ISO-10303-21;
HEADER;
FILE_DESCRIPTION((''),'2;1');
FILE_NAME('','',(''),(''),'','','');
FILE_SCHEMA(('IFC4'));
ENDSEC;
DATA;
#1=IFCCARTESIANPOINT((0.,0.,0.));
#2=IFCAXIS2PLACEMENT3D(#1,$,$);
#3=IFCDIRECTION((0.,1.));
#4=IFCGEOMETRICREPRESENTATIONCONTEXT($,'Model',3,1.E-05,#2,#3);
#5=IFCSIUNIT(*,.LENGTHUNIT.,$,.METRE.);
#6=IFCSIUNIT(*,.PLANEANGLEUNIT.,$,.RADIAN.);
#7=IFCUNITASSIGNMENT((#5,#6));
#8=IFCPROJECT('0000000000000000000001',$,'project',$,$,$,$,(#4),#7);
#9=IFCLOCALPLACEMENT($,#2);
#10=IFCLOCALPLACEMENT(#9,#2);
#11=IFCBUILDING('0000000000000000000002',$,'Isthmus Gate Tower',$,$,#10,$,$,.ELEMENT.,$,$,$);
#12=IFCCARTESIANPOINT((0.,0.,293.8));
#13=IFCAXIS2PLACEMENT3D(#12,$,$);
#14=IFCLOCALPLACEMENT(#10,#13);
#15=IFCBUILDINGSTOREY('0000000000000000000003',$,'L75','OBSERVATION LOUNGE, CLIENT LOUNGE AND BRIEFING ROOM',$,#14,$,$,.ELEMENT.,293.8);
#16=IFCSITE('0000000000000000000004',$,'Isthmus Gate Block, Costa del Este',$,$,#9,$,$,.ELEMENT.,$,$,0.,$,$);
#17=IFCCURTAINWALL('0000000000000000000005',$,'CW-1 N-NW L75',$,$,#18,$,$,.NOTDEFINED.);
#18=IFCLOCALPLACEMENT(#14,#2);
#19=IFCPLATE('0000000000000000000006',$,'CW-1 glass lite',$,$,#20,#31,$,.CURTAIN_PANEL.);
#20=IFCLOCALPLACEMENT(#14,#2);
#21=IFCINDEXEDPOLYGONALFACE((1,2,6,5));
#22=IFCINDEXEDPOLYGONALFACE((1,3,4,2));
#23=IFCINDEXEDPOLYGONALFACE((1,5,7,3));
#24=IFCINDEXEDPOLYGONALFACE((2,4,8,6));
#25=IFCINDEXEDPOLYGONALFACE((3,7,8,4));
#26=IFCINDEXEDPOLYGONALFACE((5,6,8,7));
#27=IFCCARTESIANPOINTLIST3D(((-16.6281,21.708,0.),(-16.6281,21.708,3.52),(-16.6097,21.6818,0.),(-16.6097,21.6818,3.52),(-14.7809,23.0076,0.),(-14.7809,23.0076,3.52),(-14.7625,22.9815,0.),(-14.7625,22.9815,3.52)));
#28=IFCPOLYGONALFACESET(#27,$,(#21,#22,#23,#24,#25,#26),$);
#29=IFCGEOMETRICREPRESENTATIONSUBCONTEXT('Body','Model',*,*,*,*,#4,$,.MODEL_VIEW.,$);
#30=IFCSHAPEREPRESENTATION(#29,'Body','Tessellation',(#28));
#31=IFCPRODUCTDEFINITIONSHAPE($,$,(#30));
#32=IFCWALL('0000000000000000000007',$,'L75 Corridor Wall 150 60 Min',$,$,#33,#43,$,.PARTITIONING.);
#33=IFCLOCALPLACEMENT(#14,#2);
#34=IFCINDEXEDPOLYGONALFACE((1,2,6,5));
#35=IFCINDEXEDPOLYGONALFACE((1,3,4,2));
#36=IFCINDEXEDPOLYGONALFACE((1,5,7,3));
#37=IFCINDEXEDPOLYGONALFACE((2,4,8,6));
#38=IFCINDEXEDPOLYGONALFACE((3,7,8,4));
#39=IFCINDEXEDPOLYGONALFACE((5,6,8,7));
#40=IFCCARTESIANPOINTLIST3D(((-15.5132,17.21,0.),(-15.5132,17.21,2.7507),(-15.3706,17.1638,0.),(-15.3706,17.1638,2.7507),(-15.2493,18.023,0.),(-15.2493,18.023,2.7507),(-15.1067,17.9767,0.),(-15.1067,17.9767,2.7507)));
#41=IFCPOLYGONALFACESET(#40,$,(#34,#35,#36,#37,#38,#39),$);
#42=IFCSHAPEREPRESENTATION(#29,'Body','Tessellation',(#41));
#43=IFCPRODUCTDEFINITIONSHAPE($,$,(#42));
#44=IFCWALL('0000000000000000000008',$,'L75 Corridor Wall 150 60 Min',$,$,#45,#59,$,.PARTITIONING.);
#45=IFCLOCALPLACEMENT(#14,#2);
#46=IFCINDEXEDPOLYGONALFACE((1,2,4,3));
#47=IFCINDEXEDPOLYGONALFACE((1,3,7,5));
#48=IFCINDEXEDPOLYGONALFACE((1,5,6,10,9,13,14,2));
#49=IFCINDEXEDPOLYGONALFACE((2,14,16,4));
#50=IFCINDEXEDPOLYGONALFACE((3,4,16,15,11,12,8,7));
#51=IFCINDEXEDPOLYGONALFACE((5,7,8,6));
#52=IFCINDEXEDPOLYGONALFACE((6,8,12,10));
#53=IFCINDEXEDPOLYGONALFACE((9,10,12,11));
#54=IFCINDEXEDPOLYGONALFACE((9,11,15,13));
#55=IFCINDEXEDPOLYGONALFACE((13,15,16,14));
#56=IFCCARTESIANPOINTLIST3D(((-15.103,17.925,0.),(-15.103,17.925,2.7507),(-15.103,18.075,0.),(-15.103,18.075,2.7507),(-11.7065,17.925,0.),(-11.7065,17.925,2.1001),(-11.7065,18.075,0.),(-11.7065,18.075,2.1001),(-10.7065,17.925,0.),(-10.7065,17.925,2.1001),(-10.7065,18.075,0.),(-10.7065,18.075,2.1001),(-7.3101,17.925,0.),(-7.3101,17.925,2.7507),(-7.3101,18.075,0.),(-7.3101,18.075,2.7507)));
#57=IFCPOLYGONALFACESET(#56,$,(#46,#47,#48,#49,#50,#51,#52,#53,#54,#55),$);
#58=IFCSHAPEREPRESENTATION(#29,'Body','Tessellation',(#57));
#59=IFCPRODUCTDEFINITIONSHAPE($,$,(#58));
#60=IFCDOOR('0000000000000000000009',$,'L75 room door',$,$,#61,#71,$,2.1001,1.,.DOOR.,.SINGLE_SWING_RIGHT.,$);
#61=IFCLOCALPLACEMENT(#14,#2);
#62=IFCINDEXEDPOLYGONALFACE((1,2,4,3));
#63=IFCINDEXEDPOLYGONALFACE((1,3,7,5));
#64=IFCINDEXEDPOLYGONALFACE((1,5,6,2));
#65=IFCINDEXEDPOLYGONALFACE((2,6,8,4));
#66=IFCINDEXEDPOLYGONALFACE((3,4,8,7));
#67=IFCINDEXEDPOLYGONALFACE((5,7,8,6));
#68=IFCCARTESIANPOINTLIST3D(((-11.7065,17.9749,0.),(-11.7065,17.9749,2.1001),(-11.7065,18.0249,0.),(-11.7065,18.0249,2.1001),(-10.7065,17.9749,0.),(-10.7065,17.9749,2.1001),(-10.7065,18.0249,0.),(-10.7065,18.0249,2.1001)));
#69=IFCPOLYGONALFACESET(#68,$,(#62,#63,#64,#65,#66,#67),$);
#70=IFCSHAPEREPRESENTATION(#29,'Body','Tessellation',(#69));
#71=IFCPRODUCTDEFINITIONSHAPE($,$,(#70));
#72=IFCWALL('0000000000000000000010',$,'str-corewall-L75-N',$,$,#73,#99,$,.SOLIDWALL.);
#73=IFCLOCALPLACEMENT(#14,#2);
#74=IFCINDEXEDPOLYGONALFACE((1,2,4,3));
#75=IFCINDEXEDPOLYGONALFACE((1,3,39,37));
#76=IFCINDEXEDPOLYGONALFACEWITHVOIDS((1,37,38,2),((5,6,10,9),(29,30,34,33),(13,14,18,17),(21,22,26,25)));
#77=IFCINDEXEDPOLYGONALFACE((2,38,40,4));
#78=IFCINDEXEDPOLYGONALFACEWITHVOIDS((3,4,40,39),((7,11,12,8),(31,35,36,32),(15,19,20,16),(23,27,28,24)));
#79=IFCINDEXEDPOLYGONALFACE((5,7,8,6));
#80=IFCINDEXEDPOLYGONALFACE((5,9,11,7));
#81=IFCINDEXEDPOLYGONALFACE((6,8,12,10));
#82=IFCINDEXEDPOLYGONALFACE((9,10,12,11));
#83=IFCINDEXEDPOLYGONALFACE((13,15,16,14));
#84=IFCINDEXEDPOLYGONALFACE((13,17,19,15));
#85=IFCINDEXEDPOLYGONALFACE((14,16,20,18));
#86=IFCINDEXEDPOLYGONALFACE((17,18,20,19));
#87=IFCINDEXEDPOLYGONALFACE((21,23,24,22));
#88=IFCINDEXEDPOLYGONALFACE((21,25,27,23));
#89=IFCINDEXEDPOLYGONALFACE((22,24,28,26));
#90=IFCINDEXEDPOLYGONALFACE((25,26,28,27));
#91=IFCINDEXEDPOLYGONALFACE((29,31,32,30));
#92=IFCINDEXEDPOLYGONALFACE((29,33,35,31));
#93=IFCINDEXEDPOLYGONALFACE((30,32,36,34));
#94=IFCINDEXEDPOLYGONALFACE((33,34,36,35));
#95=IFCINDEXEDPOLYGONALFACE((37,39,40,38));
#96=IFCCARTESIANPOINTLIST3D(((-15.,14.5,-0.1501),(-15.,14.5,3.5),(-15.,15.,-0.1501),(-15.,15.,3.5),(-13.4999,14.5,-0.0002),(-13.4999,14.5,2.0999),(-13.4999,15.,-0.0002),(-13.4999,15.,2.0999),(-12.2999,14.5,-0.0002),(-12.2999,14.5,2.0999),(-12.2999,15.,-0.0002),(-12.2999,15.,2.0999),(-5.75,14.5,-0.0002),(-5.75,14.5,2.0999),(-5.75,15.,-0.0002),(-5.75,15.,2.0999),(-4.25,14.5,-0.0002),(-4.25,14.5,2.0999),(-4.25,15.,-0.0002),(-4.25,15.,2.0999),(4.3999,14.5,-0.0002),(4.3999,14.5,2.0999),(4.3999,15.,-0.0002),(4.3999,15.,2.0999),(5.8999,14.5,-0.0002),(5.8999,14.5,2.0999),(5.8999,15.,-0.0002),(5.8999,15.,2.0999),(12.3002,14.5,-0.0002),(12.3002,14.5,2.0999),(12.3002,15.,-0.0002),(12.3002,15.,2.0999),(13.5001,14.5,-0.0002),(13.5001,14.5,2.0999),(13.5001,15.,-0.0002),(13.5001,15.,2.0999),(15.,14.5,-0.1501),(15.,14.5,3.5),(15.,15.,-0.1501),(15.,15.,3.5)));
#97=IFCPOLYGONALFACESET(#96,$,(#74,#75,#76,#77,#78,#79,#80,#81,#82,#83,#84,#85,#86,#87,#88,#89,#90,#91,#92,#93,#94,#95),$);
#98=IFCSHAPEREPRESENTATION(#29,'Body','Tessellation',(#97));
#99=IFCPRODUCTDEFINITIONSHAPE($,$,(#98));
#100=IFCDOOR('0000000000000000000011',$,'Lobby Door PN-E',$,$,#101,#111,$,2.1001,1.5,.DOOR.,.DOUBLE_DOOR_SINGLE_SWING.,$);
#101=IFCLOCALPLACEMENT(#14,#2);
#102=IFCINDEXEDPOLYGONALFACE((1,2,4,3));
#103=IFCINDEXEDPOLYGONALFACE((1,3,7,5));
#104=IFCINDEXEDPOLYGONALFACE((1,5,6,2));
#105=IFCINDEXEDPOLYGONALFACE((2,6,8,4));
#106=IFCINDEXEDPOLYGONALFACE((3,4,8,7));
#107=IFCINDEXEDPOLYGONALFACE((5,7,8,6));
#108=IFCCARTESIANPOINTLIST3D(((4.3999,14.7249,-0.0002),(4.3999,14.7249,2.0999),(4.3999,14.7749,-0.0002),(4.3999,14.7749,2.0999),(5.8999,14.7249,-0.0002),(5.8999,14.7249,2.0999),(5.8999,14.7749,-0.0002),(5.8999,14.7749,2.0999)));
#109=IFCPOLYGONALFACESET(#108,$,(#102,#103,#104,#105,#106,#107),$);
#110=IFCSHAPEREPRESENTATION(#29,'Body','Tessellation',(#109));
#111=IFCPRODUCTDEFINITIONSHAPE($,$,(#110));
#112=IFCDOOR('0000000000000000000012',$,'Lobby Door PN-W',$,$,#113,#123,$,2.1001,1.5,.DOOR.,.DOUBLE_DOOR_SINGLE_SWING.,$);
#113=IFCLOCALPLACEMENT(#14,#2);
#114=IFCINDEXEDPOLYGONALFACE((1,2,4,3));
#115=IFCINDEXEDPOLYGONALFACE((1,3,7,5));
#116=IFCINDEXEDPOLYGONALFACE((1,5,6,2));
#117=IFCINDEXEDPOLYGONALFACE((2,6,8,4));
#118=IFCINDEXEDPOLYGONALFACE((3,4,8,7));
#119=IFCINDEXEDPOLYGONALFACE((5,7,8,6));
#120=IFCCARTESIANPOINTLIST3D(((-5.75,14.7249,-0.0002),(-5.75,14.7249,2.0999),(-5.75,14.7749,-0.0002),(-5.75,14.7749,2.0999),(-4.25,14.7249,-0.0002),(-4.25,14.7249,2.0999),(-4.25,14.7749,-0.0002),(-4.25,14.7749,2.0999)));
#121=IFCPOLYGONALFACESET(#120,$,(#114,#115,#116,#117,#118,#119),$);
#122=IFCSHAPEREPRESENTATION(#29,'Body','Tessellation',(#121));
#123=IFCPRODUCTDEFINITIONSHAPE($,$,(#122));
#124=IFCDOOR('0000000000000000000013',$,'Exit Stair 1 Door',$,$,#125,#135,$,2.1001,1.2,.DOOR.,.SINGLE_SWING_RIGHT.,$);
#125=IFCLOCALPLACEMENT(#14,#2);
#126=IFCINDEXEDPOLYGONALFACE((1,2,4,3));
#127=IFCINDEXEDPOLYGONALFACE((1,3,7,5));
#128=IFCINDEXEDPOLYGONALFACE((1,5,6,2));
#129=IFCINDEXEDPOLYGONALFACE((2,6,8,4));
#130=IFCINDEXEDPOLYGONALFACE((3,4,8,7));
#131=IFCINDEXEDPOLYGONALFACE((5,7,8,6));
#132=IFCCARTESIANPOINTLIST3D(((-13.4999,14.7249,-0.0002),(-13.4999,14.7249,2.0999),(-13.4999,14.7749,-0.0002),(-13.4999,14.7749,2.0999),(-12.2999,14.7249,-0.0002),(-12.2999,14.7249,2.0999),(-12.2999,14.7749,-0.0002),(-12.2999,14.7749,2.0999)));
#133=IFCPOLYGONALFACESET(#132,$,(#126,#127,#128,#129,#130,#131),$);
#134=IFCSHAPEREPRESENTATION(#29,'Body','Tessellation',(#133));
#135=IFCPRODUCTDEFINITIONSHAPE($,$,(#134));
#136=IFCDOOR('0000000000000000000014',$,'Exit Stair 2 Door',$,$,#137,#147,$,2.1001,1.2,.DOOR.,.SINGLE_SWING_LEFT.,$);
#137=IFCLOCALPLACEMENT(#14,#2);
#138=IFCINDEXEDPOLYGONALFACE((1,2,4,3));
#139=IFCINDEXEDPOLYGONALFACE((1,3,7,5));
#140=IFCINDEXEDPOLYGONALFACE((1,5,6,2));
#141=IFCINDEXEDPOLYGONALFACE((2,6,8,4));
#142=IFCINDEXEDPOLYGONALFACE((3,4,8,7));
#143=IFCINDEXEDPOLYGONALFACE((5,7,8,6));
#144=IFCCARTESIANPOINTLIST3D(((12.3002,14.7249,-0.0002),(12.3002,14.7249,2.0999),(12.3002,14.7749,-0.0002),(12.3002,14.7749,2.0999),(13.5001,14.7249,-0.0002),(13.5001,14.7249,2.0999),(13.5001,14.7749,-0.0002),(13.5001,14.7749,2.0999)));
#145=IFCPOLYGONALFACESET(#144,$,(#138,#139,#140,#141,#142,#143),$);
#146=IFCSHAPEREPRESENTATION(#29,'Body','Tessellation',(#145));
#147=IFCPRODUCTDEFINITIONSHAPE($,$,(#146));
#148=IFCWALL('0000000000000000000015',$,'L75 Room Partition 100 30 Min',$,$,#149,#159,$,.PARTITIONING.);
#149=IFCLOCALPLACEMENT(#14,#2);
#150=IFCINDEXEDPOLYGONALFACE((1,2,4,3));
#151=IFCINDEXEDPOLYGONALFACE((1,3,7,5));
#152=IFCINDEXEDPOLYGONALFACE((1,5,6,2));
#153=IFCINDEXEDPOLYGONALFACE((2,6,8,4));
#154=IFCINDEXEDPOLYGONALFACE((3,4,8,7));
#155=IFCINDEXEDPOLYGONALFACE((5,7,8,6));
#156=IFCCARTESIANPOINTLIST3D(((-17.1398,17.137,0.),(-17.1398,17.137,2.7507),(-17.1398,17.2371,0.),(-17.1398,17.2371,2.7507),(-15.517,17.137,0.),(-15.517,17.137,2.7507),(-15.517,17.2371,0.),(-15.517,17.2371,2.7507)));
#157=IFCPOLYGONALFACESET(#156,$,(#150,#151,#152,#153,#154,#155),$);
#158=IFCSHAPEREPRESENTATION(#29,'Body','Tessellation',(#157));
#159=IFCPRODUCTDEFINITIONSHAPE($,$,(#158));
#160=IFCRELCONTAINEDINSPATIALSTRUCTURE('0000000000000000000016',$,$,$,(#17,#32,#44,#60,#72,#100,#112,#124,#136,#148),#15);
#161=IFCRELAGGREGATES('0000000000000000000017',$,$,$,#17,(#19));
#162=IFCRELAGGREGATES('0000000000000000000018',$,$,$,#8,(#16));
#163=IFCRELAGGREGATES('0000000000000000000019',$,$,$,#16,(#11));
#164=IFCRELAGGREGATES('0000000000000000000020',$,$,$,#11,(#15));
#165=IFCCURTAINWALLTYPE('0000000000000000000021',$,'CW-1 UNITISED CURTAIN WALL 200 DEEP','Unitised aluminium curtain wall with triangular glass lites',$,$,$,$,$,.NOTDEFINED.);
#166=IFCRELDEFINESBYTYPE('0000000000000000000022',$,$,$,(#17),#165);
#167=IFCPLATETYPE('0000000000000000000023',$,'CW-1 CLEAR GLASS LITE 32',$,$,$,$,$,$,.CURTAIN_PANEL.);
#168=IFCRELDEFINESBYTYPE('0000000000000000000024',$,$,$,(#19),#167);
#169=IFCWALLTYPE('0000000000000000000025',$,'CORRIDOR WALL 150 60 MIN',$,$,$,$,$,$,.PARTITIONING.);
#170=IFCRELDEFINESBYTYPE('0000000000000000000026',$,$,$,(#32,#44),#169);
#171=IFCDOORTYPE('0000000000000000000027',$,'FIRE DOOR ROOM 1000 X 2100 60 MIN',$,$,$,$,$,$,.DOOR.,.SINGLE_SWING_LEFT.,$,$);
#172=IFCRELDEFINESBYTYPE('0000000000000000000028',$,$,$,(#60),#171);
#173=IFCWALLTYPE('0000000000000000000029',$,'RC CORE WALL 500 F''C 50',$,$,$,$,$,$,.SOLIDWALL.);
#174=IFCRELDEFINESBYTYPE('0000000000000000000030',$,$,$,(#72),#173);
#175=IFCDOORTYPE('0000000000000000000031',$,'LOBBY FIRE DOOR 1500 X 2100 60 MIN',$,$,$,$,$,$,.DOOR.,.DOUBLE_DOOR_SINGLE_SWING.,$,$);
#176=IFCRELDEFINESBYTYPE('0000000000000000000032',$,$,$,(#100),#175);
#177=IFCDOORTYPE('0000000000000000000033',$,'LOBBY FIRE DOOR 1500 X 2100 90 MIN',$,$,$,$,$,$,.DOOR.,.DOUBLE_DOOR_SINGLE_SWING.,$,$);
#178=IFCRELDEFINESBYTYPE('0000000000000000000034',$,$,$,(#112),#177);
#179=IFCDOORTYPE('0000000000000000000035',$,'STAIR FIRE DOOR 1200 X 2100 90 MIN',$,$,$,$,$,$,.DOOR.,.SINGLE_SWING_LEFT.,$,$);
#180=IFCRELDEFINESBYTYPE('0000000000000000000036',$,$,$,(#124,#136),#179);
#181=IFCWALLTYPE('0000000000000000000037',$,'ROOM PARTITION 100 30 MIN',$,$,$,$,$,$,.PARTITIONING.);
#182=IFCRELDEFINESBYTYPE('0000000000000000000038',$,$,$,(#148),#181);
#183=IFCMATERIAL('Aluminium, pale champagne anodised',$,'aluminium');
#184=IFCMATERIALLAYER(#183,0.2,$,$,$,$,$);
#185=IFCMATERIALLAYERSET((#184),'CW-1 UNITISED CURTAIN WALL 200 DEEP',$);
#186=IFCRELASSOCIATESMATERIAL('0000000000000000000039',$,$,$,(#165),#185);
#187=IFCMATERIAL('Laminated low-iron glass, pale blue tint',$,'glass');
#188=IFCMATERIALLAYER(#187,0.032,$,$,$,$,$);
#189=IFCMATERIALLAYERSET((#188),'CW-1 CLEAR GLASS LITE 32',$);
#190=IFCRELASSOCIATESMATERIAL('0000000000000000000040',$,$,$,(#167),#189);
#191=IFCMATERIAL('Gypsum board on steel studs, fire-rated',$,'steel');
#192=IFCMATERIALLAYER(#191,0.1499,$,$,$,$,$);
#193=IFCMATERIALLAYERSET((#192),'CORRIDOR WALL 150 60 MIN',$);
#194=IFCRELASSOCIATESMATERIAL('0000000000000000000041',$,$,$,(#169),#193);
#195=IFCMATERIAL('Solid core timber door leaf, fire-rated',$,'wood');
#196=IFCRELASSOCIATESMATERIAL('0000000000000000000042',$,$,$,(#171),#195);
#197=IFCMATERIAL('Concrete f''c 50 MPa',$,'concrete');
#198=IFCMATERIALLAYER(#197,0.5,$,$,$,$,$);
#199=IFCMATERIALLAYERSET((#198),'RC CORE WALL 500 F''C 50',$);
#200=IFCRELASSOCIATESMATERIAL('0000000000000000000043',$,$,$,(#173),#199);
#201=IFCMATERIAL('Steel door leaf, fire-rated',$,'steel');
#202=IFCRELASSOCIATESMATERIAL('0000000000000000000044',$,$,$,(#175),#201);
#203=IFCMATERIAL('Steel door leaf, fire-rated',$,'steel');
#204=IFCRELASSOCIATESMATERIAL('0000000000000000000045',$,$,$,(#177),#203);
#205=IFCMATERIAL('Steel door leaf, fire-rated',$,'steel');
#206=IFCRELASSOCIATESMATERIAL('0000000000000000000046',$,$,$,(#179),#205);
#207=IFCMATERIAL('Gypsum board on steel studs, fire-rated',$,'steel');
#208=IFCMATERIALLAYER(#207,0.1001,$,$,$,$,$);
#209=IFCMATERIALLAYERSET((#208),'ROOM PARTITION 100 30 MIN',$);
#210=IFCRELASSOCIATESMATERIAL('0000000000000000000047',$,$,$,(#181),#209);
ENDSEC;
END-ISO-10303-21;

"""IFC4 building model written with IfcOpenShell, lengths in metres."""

from ifc_helpers import new_model, si_unit, direction, frame, frame_2d, origin, origin_2d, place, context, subcontext, project, spatial, rectangle, extrude, material, layer, layer_set, type_object, element, fill, aggregate, save


model = new_model("IFC4")

# Units and contexts
model_context = context("Model", 3, precision=1e-05, world=origin(), true_north=direction((0.0, 1.0)))
body_context = subcontext(model_context, "Body", "Model", "MODEL_VIEW")
ifc_project = project(units=[si_unit("LENGTHUNIT", "METRE"), si_unit("PLANEANGLEUNIT", "RADIAN")], contexts=[model_context])

# Site, building, storey
site_placement = place(None, origin())
site = spatial("IfcSite", under=ifc_project, at=site_placement, Name="Isthmus Gate Block, Costa del Este", CompositionType="ELEMENT", RefElevation=0.0)
building_placement = place(site_placement, origin())
building = spatial("IfcBuilding", under=site, at=building_placement, Name="Isthmus Gate Tower", CompositionType="ELEMENT")
storey_placement = place(building_placement, frame((0.0, 0.0, 293.8)))
storey = spatial("IfcBuildingStorey", under=building, at=storey_placement, Name="L75", Description="OBSERVATION LOUNGE, CLIENT LOUNGE AND BRIEFING ROOM", CompositionType="ELEMENT", Elevation=293.8)

# Curtain wall
ifc_material_1 = material(Name="Aluminium, pale champagne anodised", Category="aluminium")
ifc_layer_1 = layer(ifc_material_1, 0.2)
ifc_layer_set_1 = layer_set([ifc_layer_1], Name="CW-1 UNITISED CURTAIN WALL 200 DEEP")
curtain_wall_type = type_object("IfcCurtainWallType", Name="CW-1 UNITISED CURTAIN WALL 200 DEEP", Description="Unitised aluminium curtain wall with triangular glass lites", PredefinedType="NOTDEFINED", material=ifc_layer_set_1)
curtain_wall_1_placement = place(storey_placement, origin())
curtain_wall_1 = element("IfcCurtainWall", 1, at=curtain_wall_1_placement, inside=storey, type_object=curtain_wall_type, Name="CW-1 N-NW L75", PredefinedType="NOTDEFINED")

# Plate
ifc_material_2 = material(Name="Laminated low-iron glass, pale blue tint", Category="glass")
ifc_layer_2 = layer(ifc_material_2, 0.032)
ifc_layer_set_2 = layer_set([ifc_layer_2], Name="CW-1 CLEAR GLASS LITE 32")
plate_type = type_object("IfcPlateType", Name="CW-1 CLEAR GLASS LITE 32", PredefinedType="CURTAIN_PANEL", material=ifc_layer_set_2)
plate_placement = place(storey_placement, frame((-15.6953, 22.3447, 0.0), z_axis=(0.0, 0.0, 1.0), x_axis=(-0.81786, -0.575418, 0.0)))
plate = element("IfcPlate", 2, at=plate_placement, type_object=plate_type, Name="CW-1 glass lite", PredefinedType="CURTAIN_PANEL", context=body_context, shape_type="SweptSolid", body=[
    extrude(rectangle(XDim=2.2585, YDim=0.032, at=origin_2d()), origin(), (0.0, 0.0, 1.0), 3.52),
])
aggregate(curtain_wall_1, [plate])

# Wall
ifc_material_3 = material(Name="Gypsum board on steel studs, fire-rated", Category="steel")
ifc_layer_3 = layer(ifc_material_3, 0.1499)
ifc_layer_set_3 = layer_set([ifc_layer_3], Name="CORRIDOR WALL 150 60 MIN")
wall_type_1 = type_object("IfcWallType", Name="CORRIDOR WALL 150 60 MIN", PredefinedType="PARTITIONING", material=ifc_layer_set_3)
wall_1_placement = place(storey_placement, frame((-15.4419, 17.187, 0.0), z_axis=(0.0, 0.0, 1.0), x_axis=(0.308763, 0.951139, 0.0)))
element("IfcWall", 3, at=wall_1_placement, inside=storey, type_object=wall_type_1, Name="L75 Corridor Wall 150 60 Min", PredefinedType="PARTITIONING", context=body_context, shape_type="SweptSolid", body=[
    extrude(rectangle(XDim=0.8547, YDim=0.1499, at=frame_2d((0.4272, 0.0))), origin(), (0.0, 0.0, 1.0), 2.7507),
])

# Wall, opening, door
wall_2_placement = place(storey_placement, frame((-15.103, 18.0, 0.0), z_axis=(0.0, 0.0, 1.0), x_axis=(1.0, 0.0, 0.0)))
wall_2 = element("IfcWall", 4, at=wall_2_placement, inside=storey, type_object=wall_type_1, Name="L75 Corridor Wall 150 60 Min", PredefinedType="PARTITIONING", context=body_context, shape_type="SweptSolid", body=[
    extrude(rectangle(XDim=7.793, YDim=0.1499, at=frame_2d((3.8965, 0.0))), origin(), (0.0, 0.0, 1.0), 2.7507),
])
opening_1_placement = place(wall_2_placement, frame((3.3965, 0.0, 0.0)))
opening_1 = element("IfcOpeningElement", 5, at=opening_1_placement, cuts=wall_2, PredefinedType="OPENING", context=body_context, shape_type="SweptSolid", body=[
    extrude(rectangle(XDim=1.0, YDim=2.1001, at=frame_2d((0.5, 1.05))), frame((0.0, 0.085, 0.0), z_axis=(0.0, -1.0, 0.0), x_axis=(1.0, 0.0, 0.0)), (0.0, 0.0, 1.0), 0.1699),
])
ifc_material_4 = material(Name="Solid core timber door leaf, fire-rated", Category="wood")
door_type_1 = type_object("IfcDoorType", Name="FIRE DOOR ROOM 1000 X 2100 60 MIN", OperationType="SINGLE_SWING_LEFT", PredefinedType="DOOR", material=ifc_material_4)
door_1_placement = place(opening_1_placement, origin())
door_1 = element("IfcDoor", 6, at=door_1_placement, inside=storey, type_object=door_type_1, Name="L75 room door", OperationType="SINGLE_SWING_RIGHT", OverallHeight=2.1001, OverallWidth=1.0, PredefinedType="DOOR", context=body_context, shape_type="SweptSolid", body=[
    extrude(rectangle(XDim=1.0, YDim=2.1001, at=frame_2d((0.5, 1.05))), frame((0.0, 0.0249, 0.0), z_axis=(0.0, -1.0, 0.0), x_axis=(1.0, 0.0, 0.0)), (0.0, 0.0, 1.0), 0.05),
])
fill(opening_1, door_1)

# Wall, openings, doors
ifc_material_5 = material(Name="Concrete f'c 50 MPa", Category="concrete")
ifc_layer_4 = layer(ifc_material_5, 0.5)
ifc_layer_set_4 = layer_set([ifc_layer_4], Name="RC CORE WALL 500 F'C 50")
wall_type_2 = type_object("IfcWallType", Name="RC CORE WALL 500 F'C 50", PredefinedType="SOLIDWALL", material=ifc_layer_set_4)
wall_3_placement = place(storey_placement, frame((-15.0, 14.75, -0.1501), z_axis=(0.0, 0.0, 1.0), x_axis=(1.0, 0.0, 0.0)))
wall_3 = element("IfcWall", 7, at=wall_3_placement, inside=storey, type_object=wall_type_2, Name="str-corewall-L75-N", PredefinedType="SOLIDWALL", context=body_context, shape_type="SweptSolid", body=[
    extrude(rectangle(XDim=30.0, YDim=0.5, at=frame_2d((15.0, 0.0))), origin(), (0.0, 0.0, 1.0), 3.6501),
])
opening_2_placement = place(wall_3_placement, frame((9.25, 0.0, 0.1499)))
opening_2 = element("IfcOpeningElement", 8, at=opening_2_placement, cuts=wall_3, PredefinedType="OPENING", context=body_context, shape_type="SweptSolid", body=[
    extrude(rectangle(XDim=1.5, YDim=2.1001, at=frame_2d((0.75, 1.05))), frame((0.0, 0.26, 0.0), z_axis=(0.0, -1.0, 0.0), x_axis=(1.0, 0.0, 0.0)), (0.0, 0.0, 1.0), 0.52),
])
opening_3_placement = place(wall_3_placement, frame((19.3999, 0.0, 0.1499)))
opening_3 = element("IfcOpeningElement", 9, at=opening_3_placement, cuts=wall_3, PredefinedType="OPENING", context=body_context, shape_type="SweptSolid", body=[
    extrude(rectangle(XDim=1.5, YDim=2.1001, at=frame_2d((0.75, 1.05))), frame((0.0, 0.26, 0.0), z_axis=(0.0, -1.0, 0.0), x_axis=(1.0, 0.0, 0.0)), (0.0, 0.0, 1.0), 0.52),
])
opening_4_placement = place(wall_3_placement, frame((1.5, 0.0, 0.1499)))
opening_4 = element("IfcOpeningElement", 10, at=opening_4_placement, cuts=wall_3, PredefinedType="OPENING", context=body_context, shape_type="SweptSolid", body=[
    extrude(rectangle(XDim=1.2, YDim=2.1001, at=frame_2d((0.6001, 1.05))), frame((0.0, 0.26, 0.0), z_axis=(0.0, -1.0, 0.0), x_axis=(1.0, 0.0, 0.0)), (0.0, 0.0, 1.0), 0.52),
])
opening_5_placement = place(wall_3_placement, frame((27.3, 0.0, 0.1499)))
opening_5 = element("IfcOpeningElement", 11, at=opening_5_placement, cuts=wall_3, PredefinedType="OPENING", context=body_context, shape_type="SweptSolid", body=[
    extrude(rectangle(XDim=1.2, YDim=2.1001, at=frame_2d((0.6001, 1.05))), frame((0.0, 0.26, 0.0), z_axis=(0.0, -1.0, 0.0), x_axis=(1.0, 0.0, 0.0)), (0.0, 0.0, 1.0), 0.52),
])
ifc_material_6 = material(Name="Steel door leaf, fire-rated", Category="steel")
door_type_2 = type_object("IfcDoorType", Name="LOBBY FIRE DOOR 1500 X 2100 60 MIN", OperationType="DOUBLE_DOOR_SINGLE_SWING", PredefinedType="DOOR", material=ifc_material_6)
door_2_placement = place(opening_3_placement, origin())
door_2 = element("IfcDoor", 12, at=door_2_placement, inside=storey, type_object=door_type_2, Name="Lobby Door PN-E", OperationType="DOUBLE_DOOR_SINGLE_SWING", OverallHeight=2.1001, OverallWidth=1.5, PredefinedType="DOOR", context=body_context, shape_type="SweptSolid", body=[
    extrude(rectangle(XDim=1.5, YDim=2.1001, at=frame_2d((0.75, 1.05))), frame((0.0, 0.0249, 0.0), z_axis=(0.0, -1.0, 0.0), x_axis=(1.0, 0.0, 0.0)), (0.0, 0.0, 1.0), 0.05),
])
fill(opening_3, door_2)
ifc_material_7 = material(Name="Steel door leaf, fire-rated", Category="steel")
door_type_3 = type_object("IfcDoorType", Name="LOBBY FIRE DOOR 1500 X 2100 90 MIN", OperationType="DOUBLE_DOOR_SINGLE_SWING", PredefinedType="DOOR", material=ifc_material_7)
door_3_placement = place(opening_2_placement, origin())
door_3 = element("IfcDoor", 13, at=door_3_placement, inside=storey, type_object=door_type_3, Name="Lobby Door PN-W", OperationType="DOUBLE_DOOR_SINGLE_SWING", OverallHeight=2.1001, OverallWidth=1.5, PredefinedType="DOOR", context=body_context, shape_type="SweptSolid", body=[
    extrude(rectangle(XDim=1.5, YDim=2.1001, at=frame_2d((0.75, 1.05))), frame((0.0, 0.0249, 0.0), z_axis=(0.0, -1.0, 0.0), x_axis=(1.0, 0.0, 0.0)), (0.0, 0.0, 1.0), 0.05),
])
fill(opening_2, door_3)
ifc_material_8 = material(Name="Steel door leaf, fire-rated", Category="steel")
door_type_4 = type_object("IfcDoorType", Name="STAIR FIRE DOOR 1200 X 2100 90 MIN", OperationType="SINGLE_SWING_LEFT", PredefinedType="DOOR", material=ifc_material_8)
door_4_placement = place(opening_4_placement, origin())
door_4 = element("IfcDoor", 14, at=door_4_placement, inside=storey, type_object=door_type_4, Name="Exit Stair 1 Door", OperationType="SINGLE_SWING_RIGHT", OverallHeight=2.1001, OverallWidth=1.2, PredefinedType="DOOR", context=body_context, shape_type="SweptSolid", body=[
    extrude(rectangle(XDim=1.2, YDim=2.1001, at=frame_2d((0.6001, 1.05))), frame((0.0, 0.0249, 0.0), z_axis=(0.0, -1.0, 0.0), x_axis=(1.0, 0.0, 0.0)), (0.0, 0.0, 1.0), 0.05),
])
fill(opening_4, door_4)
door_5_placement = place(opening_5_placement, origin())
door_5 = element("IfcDoor", 15, at=door_5_placement, inside=storey, type_object=door_type_4, Name="Exit Stair 2 Door", OperationType="SINGLE_SWING_LEFT", OverallHeight=2.1001, OverallWidth=1.2, PredefinedType="DOOR", context=body_context, shape_type="SweptSolid", body=[
    extrude(rectangle(XDim=1.2, YDim=2.1001, at=frame_2d((0.6001, 1.05))), frame((0.0, 0.0249, 0.0), z_axis=(0.0, -1.0, 0.0), x_axis=(1.0, 0.0, 0.0)), (0.0, 0.0, 1.0), 0.05),
])
fill(opening_5, door_5)

# Wall
ifc_material_9 = material(Name="Gypsum board on steel studs, fire-rated", Category="steel")
ifc_layer_5 = layer(ifc_material_9, 0.1001)
ifc_layer_set_5 = layer_set([ifc_layer_5], Name="ROOM PARTITION 100 30 MIN")
wall_type_3 = type_object("IfcWallType", Name="ROOM PARTITION 100 30 MIN", PredefinedType="PARTITIONING", material=ifc_layer_set_5)
wall_4_placement = place(storey_placement, frame((-17.1399, 17.187, 0.0), z_axis=(0.0, 0.0, 1.0), x_axis=(1.0, 0.0, 0.0)))
element("IfcWall", 16, at=wall_4_placement, inside=storey, type_object=wall_type_3, Name="L75 Room Partition 100 30 Min", PredefinedType="PARTITIONING", context=body_context, shape_type="SweptSolid", body=[
    extrude(rectangle(XDim=1.6228, YDim=0.1001, at=frame_2d((0.8115, 0.0))), origin(), (0.0, 0.0, 1.0), 2.7507),
])

save(model, "model.ifc")
